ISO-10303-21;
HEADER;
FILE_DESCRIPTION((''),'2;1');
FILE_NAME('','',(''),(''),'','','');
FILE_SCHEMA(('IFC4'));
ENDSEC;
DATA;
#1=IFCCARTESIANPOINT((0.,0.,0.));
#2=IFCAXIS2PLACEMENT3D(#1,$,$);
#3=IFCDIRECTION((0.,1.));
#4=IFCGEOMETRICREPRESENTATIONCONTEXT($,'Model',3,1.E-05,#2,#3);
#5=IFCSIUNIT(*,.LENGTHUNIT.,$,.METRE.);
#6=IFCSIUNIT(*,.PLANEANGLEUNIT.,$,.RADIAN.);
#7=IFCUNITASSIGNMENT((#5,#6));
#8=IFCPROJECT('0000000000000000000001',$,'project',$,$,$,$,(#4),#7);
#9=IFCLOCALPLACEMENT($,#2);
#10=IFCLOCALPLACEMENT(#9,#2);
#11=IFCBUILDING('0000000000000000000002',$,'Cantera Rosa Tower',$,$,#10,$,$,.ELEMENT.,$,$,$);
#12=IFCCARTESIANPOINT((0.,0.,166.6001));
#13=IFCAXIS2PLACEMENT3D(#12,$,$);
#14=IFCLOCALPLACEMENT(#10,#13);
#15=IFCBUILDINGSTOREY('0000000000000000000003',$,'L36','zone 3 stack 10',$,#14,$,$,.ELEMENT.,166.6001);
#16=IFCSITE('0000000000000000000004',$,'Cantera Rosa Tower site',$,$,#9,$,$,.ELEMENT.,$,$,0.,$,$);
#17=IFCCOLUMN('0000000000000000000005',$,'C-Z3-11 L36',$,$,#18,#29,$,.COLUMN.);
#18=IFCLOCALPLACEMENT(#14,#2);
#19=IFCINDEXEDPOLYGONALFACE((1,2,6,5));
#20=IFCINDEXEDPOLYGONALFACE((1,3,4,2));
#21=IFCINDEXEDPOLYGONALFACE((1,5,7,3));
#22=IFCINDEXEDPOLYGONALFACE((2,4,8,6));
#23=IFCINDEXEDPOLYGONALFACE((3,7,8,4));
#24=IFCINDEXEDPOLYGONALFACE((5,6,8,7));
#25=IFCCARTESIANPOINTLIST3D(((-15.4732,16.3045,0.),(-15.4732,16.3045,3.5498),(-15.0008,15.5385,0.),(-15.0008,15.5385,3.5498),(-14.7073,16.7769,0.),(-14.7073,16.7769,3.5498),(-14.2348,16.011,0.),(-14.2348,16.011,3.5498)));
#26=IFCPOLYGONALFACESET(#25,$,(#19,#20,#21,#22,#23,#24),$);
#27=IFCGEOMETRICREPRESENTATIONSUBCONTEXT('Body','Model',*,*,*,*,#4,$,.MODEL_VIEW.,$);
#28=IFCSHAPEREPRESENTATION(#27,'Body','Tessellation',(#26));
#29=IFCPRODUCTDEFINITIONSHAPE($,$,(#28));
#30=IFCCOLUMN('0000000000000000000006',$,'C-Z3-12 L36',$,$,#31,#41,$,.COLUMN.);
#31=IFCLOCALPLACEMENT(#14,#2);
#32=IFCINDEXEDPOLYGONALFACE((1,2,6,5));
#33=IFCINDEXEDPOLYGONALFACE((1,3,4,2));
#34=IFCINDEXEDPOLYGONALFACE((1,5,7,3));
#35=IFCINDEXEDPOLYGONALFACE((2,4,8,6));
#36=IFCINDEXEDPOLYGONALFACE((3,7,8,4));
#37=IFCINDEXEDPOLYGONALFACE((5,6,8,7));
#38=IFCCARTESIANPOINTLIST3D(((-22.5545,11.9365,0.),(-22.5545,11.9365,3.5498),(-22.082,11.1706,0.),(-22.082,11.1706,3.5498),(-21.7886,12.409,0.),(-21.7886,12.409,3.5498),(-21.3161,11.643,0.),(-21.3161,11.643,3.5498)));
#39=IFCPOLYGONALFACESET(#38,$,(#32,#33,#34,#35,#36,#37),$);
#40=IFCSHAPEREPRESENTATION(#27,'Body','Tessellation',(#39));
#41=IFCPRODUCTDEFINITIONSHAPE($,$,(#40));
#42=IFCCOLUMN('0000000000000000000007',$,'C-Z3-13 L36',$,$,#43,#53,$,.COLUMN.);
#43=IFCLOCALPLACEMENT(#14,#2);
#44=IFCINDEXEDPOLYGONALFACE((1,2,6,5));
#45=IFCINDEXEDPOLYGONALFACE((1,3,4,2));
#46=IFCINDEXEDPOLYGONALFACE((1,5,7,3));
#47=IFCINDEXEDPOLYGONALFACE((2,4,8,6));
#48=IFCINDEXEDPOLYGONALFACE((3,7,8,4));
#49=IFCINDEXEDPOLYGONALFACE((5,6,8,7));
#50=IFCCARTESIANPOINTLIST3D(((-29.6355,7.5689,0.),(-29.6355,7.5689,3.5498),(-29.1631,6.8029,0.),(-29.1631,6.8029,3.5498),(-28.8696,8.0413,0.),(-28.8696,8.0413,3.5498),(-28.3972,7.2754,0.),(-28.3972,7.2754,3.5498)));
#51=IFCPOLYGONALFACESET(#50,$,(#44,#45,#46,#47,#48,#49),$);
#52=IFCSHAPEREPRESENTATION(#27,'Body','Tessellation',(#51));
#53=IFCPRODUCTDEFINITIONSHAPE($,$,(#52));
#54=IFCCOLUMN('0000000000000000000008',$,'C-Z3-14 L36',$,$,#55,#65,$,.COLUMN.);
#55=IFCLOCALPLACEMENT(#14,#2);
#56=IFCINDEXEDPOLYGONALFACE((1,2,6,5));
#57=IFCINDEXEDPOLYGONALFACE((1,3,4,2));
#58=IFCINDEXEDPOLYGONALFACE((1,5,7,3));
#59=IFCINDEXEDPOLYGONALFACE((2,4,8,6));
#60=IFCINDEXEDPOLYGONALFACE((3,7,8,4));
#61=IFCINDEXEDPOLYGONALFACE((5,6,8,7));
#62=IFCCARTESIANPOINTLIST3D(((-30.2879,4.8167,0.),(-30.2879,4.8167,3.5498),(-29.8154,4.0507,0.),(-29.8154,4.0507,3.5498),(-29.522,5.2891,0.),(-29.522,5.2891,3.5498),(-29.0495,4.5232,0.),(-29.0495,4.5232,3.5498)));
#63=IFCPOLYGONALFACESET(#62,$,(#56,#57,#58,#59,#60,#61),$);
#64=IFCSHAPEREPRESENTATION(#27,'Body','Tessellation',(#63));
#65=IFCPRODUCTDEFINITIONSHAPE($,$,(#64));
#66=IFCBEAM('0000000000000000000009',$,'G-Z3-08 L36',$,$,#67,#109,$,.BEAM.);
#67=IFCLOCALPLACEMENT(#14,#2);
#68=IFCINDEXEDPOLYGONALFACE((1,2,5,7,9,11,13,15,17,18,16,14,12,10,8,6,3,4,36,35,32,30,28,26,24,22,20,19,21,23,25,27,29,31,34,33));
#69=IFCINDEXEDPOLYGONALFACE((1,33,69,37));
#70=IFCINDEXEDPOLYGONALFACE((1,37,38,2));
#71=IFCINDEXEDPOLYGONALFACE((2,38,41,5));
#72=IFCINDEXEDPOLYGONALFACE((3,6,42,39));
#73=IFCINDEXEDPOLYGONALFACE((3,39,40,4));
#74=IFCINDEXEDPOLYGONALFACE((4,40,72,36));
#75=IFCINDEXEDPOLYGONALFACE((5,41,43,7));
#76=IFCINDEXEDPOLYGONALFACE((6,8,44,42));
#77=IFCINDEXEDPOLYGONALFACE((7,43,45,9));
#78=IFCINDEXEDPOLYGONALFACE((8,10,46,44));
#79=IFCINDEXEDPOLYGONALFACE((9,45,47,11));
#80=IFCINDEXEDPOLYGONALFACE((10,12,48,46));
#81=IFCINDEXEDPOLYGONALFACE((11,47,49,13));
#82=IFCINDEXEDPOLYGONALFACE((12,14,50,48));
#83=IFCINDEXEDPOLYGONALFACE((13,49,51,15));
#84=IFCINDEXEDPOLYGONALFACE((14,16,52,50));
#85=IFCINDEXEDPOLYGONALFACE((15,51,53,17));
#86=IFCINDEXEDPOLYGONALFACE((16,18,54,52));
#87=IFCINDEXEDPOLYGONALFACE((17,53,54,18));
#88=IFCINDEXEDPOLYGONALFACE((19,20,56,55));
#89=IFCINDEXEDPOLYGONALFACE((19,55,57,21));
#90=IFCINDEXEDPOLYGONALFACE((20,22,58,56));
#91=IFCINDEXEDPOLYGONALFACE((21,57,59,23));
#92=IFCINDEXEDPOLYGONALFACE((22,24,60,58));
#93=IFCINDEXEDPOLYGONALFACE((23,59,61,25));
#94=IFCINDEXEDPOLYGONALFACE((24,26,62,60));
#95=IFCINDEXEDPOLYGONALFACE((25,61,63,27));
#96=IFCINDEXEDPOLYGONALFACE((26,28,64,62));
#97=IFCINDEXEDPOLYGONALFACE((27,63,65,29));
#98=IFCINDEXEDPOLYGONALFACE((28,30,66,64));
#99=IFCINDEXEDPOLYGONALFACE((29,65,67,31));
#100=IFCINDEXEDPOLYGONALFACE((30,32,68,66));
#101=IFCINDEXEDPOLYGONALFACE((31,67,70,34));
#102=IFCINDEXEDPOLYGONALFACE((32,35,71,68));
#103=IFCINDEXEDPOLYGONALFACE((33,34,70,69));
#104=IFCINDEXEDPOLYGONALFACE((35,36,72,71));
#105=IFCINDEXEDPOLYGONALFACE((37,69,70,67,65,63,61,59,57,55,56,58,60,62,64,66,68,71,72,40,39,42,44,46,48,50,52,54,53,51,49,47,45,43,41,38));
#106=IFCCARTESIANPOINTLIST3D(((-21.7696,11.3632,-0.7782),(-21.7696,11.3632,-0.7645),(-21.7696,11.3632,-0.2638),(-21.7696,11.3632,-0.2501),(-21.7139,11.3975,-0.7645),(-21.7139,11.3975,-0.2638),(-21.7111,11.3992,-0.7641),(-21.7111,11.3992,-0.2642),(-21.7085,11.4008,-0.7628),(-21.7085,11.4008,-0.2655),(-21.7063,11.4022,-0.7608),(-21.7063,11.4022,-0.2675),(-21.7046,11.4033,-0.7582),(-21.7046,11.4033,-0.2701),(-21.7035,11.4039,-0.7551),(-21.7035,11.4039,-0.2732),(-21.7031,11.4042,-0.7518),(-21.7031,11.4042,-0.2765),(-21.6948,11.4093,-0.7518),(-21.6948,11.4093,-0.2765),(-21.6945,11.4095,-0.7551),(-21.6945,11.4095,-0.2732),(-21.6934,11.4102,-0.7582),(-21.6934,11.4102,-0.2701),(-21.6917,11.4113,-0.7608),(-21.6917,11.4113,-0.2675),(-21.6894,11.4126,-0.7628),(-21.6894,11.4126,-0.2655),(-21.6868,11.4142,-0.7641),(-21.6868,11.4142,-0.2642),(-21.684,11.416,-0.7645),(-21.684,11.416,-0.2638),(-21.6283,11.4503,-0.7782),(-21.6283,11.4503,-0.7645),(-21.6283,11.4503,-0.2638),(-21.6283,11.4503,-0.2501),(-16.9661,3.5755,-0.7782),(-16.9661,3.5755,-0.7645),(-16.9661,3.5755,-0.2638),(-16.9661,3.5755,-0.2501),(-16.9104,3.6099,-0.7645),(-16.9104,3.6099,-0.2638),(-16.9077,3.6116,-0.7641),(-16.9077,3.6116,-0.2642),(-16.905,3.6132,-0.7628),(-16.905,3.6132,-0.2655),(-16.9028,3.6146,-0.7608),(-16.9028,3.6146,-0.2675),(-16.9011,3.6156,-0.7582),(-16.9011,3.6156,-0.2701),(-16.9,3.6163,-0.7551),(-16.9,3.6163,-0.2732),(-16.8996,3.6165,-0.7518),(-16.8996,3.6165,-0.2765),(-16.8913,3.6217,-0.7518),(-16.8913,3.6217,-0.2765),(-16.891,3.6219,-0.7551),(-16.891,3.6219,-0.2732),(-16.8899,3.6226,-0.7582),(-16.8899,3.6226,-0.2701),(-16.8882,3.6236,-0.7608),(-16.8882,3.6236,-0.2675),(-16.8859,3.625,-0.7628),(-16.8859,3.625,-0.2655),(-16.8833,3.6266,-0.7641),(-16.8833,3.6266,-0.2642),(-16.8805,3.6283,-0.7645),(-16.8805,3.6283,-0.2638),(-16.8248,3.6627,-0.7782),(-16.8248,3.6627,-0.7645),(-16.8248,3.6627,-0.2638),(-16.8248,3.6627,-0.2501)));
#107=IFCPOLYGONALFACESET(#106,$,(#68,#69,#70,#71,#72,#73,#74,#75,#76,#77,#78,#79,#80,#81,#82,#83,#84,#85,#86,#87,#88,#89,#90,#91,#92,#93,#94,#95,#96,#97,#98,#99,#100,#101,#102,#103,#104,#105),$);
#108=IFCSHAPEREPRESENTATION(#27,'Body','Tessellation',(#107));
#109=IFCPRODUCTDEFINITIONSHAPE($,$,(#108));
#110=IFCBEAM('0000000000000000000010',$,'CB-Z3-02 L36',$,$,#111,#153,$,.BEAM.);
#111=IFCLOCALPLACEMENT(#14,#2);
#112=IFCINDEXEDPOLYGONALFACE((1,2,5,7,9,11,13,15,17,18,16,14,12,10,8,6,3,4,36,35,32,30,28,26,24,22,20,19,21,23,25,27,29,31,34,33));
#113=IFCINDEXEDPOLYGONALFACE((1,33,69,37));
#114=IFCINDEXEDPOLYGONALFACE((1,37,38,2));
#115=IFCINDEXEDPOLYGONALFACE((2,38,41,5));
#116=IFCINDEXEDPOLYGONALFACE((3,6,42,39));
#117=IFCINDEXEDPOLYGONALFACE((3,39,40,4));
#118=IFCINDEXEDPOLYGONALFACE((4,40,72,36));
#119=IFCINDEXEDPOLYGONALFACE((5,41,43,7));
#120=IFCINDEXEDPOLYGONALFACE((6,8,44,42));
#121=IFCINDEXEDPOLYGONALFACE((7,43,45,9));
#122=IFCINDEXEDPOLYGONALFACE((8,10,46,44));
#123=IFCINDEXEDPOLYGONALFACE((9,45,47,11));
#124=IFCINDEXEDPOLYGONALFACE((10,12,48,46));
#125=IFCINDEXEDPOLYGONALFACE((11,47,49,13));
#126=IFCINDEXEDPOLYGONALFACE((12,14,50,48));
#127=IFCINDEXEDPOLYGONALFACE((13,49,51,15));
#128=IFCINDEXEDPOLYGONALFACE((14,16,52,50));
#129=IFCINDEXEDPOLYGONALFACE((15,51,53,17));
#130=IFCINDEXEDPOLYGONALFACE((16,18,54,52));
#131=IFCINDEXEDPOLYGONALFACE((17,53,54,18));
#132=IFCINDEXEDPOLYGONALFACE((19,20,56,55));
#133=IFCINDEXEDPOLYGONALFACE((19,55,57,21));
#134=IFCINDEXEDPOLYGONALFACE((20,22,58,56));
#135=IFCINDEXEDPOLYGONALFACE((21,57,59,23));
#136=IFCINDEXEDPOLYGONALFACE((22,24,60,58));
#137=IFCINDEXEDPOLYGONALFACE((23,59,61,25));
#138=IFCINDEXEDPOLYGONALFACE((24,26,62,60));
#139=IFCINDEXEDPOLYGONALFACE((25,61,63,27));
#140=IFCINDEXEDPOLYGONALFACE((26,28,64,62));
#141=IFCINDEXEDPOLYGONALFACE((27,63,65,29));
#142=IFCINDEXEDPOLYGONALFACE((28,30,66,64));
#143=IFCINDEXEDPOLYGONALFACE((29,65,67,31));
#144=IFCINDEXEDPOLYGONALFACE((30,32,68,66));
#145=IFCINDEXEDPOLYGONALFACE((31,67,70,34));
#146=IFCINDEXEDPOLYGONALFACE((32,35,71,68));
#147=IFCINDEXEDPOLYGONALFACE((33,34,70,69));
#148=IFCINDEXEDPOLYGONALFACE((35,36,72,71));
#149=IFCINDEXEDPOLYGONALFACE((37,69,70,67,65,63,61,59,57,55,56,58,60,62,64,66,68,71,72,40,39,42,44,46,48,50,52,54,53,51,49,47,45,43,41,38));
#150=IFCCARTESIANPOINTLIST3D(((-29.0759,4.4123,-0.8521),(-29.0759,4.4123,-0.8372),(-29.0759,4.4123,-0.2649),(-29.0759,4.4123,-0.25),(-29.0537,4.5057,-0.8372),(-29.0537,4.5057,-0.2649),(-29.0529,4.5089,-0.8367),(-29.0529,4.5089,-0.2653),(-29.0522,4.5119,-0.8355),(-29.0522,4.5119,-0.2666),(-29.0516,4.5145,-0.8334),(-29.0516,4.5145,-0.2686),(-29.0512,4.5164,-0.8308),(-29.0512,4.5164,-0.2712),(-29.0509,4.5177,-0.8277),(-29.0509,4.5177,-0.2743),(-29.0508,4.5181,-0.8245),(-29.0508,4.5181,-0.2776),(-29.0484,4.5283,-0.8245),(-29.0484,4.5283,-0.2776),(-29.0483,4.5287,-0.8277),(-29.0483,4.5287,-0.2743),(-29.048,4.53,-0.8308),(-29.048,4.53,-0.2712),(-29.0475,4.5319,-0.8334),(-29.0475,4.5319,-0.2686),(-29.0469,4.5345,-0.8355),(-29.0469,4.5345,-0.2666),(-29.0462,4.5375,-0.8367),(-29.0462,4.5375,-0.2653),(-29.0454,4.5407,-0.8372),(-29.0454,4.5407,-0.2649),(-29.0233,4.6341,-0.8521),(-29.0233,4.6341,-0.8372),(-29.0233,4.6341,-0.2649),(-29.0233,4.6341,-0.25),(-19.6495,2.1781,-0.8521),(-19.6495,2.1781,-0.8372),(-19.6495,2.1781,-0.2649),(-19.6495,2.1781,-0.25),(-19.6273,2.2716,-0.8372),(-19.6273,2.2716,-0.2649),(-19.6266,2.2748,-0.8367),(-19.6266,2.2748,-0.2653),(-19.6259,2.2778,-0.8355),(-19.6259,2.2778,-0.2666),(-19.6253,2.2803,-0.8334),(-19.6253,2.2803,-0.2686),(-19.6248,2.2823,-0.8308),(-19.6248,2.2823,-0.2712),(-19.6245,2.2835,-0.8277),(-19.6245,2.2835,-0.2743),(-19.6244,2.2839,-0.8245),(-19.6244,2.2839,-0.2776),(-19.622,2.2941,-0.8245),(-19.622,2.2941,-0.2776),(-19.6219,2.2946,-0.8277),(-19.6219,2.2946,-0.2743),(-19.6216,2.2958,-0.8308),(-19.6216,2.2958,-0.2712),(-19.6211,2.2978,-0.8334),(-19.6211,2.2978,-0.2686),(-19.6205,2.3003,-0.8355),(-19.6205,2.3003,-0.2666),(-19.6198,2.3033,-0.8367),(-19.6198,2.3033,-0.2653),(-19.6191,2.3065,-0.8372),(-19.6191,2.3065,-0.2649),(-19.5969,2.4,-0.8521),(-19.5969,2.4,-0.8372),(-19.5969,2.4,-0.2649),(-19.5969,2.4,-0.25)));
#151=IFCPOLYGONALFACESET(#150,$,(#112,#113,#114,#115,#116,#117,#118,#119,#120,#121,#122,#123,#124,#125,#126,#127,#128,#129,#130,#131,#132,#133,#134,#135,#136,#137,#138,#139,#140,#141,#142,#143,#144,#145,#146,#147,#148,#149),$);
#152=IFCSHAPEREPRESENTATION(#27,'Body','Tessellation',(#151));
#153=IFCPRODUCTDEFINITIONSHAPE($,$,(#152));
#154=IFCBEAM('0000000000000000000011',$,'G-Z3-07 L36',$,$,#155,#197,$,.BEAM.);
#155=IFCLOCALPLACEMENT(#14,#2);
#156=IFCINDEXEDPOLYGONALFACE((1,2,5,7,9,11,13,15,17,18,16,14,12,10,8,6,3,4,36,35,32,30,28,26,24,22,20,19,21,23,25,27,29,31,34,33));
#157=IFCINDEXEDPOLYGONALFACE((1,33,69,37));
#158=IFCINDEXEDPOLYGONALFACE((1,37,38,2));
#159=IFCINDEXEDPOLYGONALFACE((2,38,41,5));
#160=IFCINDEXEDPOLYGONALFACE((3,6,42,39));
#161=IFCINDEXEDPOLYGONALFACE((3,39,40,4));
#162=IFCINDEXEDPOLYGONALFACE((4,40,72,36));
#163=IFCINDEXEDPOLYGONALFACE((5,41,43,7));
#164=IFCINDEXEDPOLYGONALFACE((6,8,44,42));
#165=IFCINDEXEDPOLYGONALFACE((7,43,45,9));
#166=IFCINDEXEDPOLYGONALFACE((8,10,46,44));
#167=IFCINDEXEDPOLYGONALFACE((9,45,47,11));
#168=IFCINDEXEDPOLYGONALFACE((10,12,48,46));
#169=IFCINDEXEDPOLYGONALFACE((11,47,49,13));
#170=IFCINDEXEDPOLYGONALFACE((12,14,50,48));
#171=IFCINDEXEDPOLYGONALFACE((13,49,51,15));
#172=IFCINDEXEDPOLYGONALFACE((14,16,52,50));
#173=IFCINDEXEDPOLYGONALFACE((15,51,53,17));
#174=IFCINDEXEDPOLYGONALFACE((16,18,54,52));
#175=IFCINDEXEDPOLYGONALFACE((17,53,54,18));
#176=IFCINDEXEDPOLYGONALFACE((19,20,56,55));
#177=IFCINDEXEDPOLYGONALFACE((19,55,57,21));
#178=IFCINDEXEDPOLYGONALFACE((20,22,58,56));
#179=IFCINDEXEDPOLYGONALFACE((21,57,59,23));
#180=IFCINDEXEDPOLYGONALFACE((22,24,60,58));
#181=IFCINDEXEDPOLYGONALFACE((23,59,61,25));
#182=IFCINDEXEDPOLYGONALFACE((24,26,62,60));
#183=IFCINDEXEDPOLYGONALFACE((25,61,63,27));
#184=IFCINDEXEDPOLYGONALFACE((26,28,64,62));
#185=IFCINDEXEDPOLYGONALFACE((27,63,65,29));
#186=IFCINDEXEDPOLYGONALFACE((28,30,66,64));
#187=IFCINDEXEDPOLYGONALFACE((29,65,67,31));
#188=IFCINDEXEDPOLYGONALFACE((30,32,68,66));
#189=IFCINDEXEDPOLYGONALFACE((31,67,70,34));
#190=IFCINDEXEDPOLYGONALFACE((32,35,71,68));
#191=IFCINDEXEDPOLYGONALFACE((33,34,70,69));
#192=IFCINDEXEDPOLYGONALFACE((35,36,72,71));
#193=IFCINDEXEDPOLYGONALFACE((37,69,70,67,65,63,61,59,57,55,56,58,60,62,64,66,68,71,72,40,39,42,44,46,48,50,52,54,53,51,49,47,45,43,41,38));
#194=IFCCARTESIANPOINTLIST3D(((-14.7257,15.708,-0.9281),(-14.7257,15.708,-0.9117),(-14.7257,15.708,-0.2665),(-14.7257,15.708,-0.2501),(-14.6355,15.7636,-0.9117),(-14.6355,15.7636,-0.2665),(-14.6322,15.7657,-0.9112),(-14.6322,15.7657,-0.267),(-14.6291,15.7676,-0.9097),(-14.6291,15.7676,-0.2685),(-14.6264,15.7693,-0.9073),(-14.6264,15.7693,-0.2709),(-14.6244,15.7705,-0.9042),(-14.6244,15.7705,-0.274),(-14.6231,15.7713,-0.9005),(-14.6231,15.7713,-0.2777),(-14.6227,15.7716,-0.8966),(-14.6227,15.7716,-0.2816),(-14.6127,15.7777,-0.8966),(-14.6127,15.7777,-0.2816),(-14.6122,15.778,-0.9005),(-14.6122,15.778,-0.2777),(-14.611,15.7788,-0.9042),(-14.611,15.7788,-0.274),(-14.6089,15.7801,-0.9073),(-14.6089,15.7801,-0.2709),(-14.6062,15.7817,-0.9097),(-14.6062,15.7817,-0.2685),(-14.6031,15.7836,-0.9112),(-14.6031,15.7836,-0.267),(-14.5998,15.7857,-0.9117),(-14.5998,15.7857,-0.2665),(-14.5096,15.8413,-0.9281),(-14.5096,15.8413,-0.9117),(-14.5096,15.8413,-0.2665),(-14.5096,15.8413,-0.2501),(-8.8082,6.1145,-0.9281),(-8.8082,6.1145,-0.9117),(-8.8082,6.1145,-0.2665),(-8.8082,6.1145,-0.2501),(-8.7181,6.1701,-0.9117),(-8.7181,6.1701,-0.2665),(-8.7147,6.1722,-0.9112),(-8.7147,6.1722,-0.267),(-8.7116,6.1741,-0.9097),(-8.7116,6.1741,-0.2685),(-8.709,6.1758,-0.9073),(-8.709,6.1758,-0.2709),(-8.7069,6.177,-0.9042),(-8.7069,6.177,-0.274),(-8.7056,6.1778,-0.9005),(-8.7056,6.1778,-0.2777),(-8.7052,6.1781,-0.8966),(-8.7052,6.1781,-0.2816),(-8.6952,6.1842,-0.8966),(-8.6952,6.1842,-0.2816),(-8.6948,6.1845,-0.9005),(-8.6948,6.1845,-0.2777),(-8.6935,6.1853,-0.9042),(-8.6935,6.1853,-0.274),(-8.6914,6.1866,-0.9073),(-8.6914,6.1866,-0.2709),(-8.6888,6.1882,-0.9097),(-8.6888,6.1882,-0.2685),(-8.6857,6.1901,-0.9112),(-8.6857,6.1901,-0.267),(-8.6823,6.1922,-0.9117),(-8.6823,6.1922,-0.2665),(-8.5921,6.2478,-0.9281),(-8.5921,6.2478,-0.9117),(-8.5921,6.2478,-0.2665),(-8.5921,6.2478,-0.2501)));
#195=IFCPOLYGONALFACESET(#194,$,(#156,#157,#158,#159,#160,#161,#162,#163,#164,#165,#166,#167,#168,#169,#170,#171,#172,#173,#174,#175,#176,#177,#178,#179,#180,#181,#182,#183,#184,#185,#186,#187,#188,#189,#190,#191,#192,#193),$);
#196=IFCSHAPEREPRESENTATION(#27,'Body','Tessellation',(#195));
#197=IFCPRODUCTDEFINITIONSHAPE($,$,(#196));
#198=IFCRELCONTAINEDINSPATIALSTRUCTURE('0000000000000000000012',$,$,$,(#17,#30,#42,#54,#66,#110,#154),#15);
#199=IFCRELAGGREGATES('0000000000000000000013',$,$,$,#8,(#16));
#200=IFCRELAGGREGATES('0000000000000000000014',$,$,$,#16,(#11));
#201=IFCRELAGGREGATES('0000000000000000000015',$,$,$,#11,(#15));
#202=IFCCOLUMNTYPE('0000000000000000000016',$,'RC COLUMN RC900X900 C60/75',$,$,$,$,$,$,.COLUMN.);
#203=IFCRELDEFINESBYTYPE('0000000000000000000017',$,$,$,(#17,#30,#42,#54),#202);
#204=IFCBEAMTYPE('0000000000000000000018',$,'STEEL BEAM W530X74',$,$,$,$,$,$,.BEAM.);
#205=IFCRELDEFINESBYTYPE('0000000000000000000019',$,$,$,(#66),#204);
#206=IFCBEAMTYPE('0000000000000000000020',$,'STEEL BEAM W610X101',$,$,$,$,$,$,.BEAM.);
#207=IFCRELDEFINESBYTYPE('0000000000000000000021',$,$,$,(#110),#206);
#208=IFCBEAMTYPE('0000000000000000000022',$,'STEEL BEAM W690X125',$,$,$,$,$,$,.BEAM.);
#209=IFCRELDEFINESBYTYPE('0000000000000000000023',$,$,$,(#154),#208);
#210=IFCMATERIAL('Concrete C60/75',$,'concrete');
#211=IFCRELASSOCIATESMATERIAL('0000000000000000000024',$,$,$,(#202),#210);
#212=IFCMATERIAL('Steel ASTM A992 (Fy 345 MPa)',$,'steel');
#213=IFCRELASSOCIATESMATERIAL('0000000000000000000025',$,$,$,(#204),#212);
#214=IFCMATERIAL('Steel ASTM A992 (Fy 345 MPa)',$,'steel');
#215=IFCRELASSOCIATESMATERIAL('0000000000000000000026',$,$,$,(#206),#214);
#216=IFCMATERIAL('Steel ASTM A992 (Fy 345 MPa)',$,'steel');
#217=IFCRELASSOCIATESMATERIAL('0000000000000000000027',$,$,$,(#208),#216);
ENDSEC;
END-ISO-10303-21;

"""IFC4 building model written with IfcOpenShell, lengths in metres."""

from ifc_helpers import new_model, si_unit, direction, frame, origin, origin_2d, place, context, subcontext, project, spatial, rectangle, i_section, extrude, material, material_profile, profile_set, type_object, element, save


model = new_model("IFC4")

# Units and contexts
model_context = context("Model", 3, precision=1e-05, world=origin(), true_north=direction((0.0, 1.0)))
body_context = subcontext(model_context, "Body", "Model", "MODEL_VIEW")
ifc_project = project(units=[si_unit("LENGTHUNIT", "METRE"), si_unit("PLANEANGLEUNIT", "RADIAN")], contexts=[model_context])

# Site, building, storey
site_placement = place(None, origin())
site = spatial("IfcSite", under=ifc_project, at=site_placement, Name="Cantera Rosa Tower site", CompositionType="ELEMENT", RefElevation=0.0)
building_placement = place(site_placement, origin())
building = spatial("IfcBuilding", under=site, at=building_placement, Name="Cantera Rosa Tower", CompositionType="ELEMENT")
storey_placement = place(building_placement, frame((0.0, 0.0, 166.6001)))
storey = spatial("IfcBuildingStorey", under=building, at=storey_placement, Name="L36", Description="zone 3 stack 10", CompositionType="ELEMENT", Elevation=166.6001)

# Columns
ifc_material_1 = material(Name="Concrete C60/75", Category="concrete")
ifc_material_profile_1 = material_profile(ifc_material_1, rectangle(XDim=0.8999, YDim=0.8999, at=origin_2d()), Name="RC COLUMN RC900X900 C60/75")
ifc_profile_set_1 = profile_set([ifc_material_profile_1], Name="Concrete C60/75")
column_type = type_object("IfcColumnType", Name="RC COLUMN RC900X900 C60/75", PredefinedType="COLUMN", material=ifc_profile_set_1)
for number, where, z_axis, x_axis, name in (
    (1, (-14.854, 16.1577, 0.0), (0.0, 0.0, 1.0), (0.851117, 0.524977, 0.0), "C-Z3-11 L36"),
    (2, (-21.9353, 11.7898, 0.0), (0.0, 0.0, 1.0), (0.851117, 0.524977, 0.0), "C-Z3-12 L36"),
    (3, (-29.0164, 7.4221, 0.0), (0.0, 0.0, 1.0), (0.851117, 0.524977, 0.0), "C-Z3-13 L36"),
    (4, (-29.6687, 4.6699, 0.0), (0.0, 0.0, 1.0), (0.851117, 0.524977, 0.0), "C-Z3-14 L36"),
):
    element("IfcColumn", number, at=place(storey_placement, frame(where, z_axis=z_axis, x_axis=x_axis)), inside=storey, type_object=column_type, Name=name, PredefinedType="COLUMN", context=body_context, shape_type="SweptSolid", body=[
        extrude(rectangle(XDim=0.8999, YDim=0.8999, at=origin_2d()), origin(), (0.0, 0.0, 1.0), 3.5498),
    ])

# Beams
ifc_material_2 = material(Name="Steel ASTM A992 (Fy 345 MPa)", Category="steel")
ifc_material_profile_2 = material_profile(ifc_material_2, i_section(OverallWidth=0.166, OverallDepth=0.5281, WebThickness=0.0098, FlangeThickness=0.0137, FilletRadius=0.0127, at=origin_2d()), Name="W530X74")
ifc_profile_set_2 = profile_set([ifc_material_profile_2], Name="Steel ASTM A992 (Fy 345 MPa)")
beam_type_1 = type_object("IfcBeamType", Name="STEEL BEAM W530X74", PredefinedType="BEAM", material=ifc_profile_set_2)
beam_1_placement = place(storey_placement, frame((-21.699, 11.4067, -0.5142), z_axis=(0.524977, -0.851116, 0.0), x_axis=(0.851116, 0.524977, 0.0)))
element("IfcBeam", 5, at=beam_1_placement, inside=storey, type_object=beam_type_1, Name="G-Z3-08 L36", PredefinedType="BEAM", context=body_context, shape_type="SweptSolid", body=[
    extrude(i_section(OverallWidth=0.166, OverallDepth=0.5281, WebThickness=0.0098, FlangeThickness=0.0137, FilletRadius=0.0127, at=origin_2d()), origin(), (0.0, 0.0, 1.0), 9.1499),
])
ifc_material_3 = material(Name="Steel ASTM A992 (Fy 345 MPa)", Category="steel")
ifc_material_profile_3 = material_profile(ifc_material_3, i_section(OverallWidth=0.228, OverallDepth=0.6021, WebThickness=0.0105, FlangeThickness=0.0149, FilletRadius=0.0127, at=origin_2d()), Name="W610X101")
ifc_profile_set_3 = profile_set([ifc_material_profile_3], Name="Steel ASTM A992 (Fy 345 MPa)")
beam_type_2 = type_object("IfcBeamType", Name="STEEL BEAM W610X101", PredefinedType="BEAM", material=ifc_profile_set_3)
beam_2_placement = place(storey_placement, frame((-29.0496, 4.5232, -0.551), z_axis=(0.973043, -0.230622, 0.0), x_axis=(0.230622, 0.973043, 0.0)))
element("IfcBeam", 6, at=beam_2_placement, inside=storey, type_object=beam_type_2, Name="CB-Z3-02 L36", PredefinedType="BEAM", context=body_context, shape_type="SweptSolid", body=[
    extrude(i_section(OverallWidth=0.228, OverallDepth=0.6021, WebThickness=0.0105, FlangeThickness=0.0149, FilletRadius=0.0127, at=origin_2d()), origin(), (0.0, 0.0, 1.0), 9.6875),
])
ifc_material_4 = material(Name="Steel ASTM A992 (Fy 345 MPa)", Category="steel")
ifc_material_profile_4 = material_profile(ifc_material_4, i_section(OverallWidth=0.2539, OverallDepth=0.678, WebThickness=0.0117, FlangeThickness=0.0164, FilletRadius=0.0151, at=origin_2d()), Name="W690X125")
ifc_profile_set_4 = profile_set([ifc_material_profile_4], Name="Steel ASTM A992 (Fy 345 MPa)")
beam_type_3 = type_object("IfcBeamType", Name="STEEL BEAM W690X125", PredefinedType="BEAM", material=ifc_profile_set_4)
beam_3_placement = place(storey_placement, frame((-14.6177, 15.7747, -0.5891), z_axis=(0.524984, -0.851112, 0.0), x_axis=(0.851112, 0.524984, 0.0)))
element("IfcBeam", 7, at=beam_3_placement, inside=storey, type_object=beam_type_3, Name="G-Z3-07 L36", PredefinedType="BEAM", context=body_context, shape_type="SweptSolid", body=[
    extrude(i_section(OverallWidth=0.2539, OverallDepth=0.678, WebThickness=0.0117, FlangeThickness=0.0164, FilletRadius=0.0151, at=origin_2d()), origin(), (0.0, 0.0, 1.0), 11.2717),
])

save(model, "model.ifc")
